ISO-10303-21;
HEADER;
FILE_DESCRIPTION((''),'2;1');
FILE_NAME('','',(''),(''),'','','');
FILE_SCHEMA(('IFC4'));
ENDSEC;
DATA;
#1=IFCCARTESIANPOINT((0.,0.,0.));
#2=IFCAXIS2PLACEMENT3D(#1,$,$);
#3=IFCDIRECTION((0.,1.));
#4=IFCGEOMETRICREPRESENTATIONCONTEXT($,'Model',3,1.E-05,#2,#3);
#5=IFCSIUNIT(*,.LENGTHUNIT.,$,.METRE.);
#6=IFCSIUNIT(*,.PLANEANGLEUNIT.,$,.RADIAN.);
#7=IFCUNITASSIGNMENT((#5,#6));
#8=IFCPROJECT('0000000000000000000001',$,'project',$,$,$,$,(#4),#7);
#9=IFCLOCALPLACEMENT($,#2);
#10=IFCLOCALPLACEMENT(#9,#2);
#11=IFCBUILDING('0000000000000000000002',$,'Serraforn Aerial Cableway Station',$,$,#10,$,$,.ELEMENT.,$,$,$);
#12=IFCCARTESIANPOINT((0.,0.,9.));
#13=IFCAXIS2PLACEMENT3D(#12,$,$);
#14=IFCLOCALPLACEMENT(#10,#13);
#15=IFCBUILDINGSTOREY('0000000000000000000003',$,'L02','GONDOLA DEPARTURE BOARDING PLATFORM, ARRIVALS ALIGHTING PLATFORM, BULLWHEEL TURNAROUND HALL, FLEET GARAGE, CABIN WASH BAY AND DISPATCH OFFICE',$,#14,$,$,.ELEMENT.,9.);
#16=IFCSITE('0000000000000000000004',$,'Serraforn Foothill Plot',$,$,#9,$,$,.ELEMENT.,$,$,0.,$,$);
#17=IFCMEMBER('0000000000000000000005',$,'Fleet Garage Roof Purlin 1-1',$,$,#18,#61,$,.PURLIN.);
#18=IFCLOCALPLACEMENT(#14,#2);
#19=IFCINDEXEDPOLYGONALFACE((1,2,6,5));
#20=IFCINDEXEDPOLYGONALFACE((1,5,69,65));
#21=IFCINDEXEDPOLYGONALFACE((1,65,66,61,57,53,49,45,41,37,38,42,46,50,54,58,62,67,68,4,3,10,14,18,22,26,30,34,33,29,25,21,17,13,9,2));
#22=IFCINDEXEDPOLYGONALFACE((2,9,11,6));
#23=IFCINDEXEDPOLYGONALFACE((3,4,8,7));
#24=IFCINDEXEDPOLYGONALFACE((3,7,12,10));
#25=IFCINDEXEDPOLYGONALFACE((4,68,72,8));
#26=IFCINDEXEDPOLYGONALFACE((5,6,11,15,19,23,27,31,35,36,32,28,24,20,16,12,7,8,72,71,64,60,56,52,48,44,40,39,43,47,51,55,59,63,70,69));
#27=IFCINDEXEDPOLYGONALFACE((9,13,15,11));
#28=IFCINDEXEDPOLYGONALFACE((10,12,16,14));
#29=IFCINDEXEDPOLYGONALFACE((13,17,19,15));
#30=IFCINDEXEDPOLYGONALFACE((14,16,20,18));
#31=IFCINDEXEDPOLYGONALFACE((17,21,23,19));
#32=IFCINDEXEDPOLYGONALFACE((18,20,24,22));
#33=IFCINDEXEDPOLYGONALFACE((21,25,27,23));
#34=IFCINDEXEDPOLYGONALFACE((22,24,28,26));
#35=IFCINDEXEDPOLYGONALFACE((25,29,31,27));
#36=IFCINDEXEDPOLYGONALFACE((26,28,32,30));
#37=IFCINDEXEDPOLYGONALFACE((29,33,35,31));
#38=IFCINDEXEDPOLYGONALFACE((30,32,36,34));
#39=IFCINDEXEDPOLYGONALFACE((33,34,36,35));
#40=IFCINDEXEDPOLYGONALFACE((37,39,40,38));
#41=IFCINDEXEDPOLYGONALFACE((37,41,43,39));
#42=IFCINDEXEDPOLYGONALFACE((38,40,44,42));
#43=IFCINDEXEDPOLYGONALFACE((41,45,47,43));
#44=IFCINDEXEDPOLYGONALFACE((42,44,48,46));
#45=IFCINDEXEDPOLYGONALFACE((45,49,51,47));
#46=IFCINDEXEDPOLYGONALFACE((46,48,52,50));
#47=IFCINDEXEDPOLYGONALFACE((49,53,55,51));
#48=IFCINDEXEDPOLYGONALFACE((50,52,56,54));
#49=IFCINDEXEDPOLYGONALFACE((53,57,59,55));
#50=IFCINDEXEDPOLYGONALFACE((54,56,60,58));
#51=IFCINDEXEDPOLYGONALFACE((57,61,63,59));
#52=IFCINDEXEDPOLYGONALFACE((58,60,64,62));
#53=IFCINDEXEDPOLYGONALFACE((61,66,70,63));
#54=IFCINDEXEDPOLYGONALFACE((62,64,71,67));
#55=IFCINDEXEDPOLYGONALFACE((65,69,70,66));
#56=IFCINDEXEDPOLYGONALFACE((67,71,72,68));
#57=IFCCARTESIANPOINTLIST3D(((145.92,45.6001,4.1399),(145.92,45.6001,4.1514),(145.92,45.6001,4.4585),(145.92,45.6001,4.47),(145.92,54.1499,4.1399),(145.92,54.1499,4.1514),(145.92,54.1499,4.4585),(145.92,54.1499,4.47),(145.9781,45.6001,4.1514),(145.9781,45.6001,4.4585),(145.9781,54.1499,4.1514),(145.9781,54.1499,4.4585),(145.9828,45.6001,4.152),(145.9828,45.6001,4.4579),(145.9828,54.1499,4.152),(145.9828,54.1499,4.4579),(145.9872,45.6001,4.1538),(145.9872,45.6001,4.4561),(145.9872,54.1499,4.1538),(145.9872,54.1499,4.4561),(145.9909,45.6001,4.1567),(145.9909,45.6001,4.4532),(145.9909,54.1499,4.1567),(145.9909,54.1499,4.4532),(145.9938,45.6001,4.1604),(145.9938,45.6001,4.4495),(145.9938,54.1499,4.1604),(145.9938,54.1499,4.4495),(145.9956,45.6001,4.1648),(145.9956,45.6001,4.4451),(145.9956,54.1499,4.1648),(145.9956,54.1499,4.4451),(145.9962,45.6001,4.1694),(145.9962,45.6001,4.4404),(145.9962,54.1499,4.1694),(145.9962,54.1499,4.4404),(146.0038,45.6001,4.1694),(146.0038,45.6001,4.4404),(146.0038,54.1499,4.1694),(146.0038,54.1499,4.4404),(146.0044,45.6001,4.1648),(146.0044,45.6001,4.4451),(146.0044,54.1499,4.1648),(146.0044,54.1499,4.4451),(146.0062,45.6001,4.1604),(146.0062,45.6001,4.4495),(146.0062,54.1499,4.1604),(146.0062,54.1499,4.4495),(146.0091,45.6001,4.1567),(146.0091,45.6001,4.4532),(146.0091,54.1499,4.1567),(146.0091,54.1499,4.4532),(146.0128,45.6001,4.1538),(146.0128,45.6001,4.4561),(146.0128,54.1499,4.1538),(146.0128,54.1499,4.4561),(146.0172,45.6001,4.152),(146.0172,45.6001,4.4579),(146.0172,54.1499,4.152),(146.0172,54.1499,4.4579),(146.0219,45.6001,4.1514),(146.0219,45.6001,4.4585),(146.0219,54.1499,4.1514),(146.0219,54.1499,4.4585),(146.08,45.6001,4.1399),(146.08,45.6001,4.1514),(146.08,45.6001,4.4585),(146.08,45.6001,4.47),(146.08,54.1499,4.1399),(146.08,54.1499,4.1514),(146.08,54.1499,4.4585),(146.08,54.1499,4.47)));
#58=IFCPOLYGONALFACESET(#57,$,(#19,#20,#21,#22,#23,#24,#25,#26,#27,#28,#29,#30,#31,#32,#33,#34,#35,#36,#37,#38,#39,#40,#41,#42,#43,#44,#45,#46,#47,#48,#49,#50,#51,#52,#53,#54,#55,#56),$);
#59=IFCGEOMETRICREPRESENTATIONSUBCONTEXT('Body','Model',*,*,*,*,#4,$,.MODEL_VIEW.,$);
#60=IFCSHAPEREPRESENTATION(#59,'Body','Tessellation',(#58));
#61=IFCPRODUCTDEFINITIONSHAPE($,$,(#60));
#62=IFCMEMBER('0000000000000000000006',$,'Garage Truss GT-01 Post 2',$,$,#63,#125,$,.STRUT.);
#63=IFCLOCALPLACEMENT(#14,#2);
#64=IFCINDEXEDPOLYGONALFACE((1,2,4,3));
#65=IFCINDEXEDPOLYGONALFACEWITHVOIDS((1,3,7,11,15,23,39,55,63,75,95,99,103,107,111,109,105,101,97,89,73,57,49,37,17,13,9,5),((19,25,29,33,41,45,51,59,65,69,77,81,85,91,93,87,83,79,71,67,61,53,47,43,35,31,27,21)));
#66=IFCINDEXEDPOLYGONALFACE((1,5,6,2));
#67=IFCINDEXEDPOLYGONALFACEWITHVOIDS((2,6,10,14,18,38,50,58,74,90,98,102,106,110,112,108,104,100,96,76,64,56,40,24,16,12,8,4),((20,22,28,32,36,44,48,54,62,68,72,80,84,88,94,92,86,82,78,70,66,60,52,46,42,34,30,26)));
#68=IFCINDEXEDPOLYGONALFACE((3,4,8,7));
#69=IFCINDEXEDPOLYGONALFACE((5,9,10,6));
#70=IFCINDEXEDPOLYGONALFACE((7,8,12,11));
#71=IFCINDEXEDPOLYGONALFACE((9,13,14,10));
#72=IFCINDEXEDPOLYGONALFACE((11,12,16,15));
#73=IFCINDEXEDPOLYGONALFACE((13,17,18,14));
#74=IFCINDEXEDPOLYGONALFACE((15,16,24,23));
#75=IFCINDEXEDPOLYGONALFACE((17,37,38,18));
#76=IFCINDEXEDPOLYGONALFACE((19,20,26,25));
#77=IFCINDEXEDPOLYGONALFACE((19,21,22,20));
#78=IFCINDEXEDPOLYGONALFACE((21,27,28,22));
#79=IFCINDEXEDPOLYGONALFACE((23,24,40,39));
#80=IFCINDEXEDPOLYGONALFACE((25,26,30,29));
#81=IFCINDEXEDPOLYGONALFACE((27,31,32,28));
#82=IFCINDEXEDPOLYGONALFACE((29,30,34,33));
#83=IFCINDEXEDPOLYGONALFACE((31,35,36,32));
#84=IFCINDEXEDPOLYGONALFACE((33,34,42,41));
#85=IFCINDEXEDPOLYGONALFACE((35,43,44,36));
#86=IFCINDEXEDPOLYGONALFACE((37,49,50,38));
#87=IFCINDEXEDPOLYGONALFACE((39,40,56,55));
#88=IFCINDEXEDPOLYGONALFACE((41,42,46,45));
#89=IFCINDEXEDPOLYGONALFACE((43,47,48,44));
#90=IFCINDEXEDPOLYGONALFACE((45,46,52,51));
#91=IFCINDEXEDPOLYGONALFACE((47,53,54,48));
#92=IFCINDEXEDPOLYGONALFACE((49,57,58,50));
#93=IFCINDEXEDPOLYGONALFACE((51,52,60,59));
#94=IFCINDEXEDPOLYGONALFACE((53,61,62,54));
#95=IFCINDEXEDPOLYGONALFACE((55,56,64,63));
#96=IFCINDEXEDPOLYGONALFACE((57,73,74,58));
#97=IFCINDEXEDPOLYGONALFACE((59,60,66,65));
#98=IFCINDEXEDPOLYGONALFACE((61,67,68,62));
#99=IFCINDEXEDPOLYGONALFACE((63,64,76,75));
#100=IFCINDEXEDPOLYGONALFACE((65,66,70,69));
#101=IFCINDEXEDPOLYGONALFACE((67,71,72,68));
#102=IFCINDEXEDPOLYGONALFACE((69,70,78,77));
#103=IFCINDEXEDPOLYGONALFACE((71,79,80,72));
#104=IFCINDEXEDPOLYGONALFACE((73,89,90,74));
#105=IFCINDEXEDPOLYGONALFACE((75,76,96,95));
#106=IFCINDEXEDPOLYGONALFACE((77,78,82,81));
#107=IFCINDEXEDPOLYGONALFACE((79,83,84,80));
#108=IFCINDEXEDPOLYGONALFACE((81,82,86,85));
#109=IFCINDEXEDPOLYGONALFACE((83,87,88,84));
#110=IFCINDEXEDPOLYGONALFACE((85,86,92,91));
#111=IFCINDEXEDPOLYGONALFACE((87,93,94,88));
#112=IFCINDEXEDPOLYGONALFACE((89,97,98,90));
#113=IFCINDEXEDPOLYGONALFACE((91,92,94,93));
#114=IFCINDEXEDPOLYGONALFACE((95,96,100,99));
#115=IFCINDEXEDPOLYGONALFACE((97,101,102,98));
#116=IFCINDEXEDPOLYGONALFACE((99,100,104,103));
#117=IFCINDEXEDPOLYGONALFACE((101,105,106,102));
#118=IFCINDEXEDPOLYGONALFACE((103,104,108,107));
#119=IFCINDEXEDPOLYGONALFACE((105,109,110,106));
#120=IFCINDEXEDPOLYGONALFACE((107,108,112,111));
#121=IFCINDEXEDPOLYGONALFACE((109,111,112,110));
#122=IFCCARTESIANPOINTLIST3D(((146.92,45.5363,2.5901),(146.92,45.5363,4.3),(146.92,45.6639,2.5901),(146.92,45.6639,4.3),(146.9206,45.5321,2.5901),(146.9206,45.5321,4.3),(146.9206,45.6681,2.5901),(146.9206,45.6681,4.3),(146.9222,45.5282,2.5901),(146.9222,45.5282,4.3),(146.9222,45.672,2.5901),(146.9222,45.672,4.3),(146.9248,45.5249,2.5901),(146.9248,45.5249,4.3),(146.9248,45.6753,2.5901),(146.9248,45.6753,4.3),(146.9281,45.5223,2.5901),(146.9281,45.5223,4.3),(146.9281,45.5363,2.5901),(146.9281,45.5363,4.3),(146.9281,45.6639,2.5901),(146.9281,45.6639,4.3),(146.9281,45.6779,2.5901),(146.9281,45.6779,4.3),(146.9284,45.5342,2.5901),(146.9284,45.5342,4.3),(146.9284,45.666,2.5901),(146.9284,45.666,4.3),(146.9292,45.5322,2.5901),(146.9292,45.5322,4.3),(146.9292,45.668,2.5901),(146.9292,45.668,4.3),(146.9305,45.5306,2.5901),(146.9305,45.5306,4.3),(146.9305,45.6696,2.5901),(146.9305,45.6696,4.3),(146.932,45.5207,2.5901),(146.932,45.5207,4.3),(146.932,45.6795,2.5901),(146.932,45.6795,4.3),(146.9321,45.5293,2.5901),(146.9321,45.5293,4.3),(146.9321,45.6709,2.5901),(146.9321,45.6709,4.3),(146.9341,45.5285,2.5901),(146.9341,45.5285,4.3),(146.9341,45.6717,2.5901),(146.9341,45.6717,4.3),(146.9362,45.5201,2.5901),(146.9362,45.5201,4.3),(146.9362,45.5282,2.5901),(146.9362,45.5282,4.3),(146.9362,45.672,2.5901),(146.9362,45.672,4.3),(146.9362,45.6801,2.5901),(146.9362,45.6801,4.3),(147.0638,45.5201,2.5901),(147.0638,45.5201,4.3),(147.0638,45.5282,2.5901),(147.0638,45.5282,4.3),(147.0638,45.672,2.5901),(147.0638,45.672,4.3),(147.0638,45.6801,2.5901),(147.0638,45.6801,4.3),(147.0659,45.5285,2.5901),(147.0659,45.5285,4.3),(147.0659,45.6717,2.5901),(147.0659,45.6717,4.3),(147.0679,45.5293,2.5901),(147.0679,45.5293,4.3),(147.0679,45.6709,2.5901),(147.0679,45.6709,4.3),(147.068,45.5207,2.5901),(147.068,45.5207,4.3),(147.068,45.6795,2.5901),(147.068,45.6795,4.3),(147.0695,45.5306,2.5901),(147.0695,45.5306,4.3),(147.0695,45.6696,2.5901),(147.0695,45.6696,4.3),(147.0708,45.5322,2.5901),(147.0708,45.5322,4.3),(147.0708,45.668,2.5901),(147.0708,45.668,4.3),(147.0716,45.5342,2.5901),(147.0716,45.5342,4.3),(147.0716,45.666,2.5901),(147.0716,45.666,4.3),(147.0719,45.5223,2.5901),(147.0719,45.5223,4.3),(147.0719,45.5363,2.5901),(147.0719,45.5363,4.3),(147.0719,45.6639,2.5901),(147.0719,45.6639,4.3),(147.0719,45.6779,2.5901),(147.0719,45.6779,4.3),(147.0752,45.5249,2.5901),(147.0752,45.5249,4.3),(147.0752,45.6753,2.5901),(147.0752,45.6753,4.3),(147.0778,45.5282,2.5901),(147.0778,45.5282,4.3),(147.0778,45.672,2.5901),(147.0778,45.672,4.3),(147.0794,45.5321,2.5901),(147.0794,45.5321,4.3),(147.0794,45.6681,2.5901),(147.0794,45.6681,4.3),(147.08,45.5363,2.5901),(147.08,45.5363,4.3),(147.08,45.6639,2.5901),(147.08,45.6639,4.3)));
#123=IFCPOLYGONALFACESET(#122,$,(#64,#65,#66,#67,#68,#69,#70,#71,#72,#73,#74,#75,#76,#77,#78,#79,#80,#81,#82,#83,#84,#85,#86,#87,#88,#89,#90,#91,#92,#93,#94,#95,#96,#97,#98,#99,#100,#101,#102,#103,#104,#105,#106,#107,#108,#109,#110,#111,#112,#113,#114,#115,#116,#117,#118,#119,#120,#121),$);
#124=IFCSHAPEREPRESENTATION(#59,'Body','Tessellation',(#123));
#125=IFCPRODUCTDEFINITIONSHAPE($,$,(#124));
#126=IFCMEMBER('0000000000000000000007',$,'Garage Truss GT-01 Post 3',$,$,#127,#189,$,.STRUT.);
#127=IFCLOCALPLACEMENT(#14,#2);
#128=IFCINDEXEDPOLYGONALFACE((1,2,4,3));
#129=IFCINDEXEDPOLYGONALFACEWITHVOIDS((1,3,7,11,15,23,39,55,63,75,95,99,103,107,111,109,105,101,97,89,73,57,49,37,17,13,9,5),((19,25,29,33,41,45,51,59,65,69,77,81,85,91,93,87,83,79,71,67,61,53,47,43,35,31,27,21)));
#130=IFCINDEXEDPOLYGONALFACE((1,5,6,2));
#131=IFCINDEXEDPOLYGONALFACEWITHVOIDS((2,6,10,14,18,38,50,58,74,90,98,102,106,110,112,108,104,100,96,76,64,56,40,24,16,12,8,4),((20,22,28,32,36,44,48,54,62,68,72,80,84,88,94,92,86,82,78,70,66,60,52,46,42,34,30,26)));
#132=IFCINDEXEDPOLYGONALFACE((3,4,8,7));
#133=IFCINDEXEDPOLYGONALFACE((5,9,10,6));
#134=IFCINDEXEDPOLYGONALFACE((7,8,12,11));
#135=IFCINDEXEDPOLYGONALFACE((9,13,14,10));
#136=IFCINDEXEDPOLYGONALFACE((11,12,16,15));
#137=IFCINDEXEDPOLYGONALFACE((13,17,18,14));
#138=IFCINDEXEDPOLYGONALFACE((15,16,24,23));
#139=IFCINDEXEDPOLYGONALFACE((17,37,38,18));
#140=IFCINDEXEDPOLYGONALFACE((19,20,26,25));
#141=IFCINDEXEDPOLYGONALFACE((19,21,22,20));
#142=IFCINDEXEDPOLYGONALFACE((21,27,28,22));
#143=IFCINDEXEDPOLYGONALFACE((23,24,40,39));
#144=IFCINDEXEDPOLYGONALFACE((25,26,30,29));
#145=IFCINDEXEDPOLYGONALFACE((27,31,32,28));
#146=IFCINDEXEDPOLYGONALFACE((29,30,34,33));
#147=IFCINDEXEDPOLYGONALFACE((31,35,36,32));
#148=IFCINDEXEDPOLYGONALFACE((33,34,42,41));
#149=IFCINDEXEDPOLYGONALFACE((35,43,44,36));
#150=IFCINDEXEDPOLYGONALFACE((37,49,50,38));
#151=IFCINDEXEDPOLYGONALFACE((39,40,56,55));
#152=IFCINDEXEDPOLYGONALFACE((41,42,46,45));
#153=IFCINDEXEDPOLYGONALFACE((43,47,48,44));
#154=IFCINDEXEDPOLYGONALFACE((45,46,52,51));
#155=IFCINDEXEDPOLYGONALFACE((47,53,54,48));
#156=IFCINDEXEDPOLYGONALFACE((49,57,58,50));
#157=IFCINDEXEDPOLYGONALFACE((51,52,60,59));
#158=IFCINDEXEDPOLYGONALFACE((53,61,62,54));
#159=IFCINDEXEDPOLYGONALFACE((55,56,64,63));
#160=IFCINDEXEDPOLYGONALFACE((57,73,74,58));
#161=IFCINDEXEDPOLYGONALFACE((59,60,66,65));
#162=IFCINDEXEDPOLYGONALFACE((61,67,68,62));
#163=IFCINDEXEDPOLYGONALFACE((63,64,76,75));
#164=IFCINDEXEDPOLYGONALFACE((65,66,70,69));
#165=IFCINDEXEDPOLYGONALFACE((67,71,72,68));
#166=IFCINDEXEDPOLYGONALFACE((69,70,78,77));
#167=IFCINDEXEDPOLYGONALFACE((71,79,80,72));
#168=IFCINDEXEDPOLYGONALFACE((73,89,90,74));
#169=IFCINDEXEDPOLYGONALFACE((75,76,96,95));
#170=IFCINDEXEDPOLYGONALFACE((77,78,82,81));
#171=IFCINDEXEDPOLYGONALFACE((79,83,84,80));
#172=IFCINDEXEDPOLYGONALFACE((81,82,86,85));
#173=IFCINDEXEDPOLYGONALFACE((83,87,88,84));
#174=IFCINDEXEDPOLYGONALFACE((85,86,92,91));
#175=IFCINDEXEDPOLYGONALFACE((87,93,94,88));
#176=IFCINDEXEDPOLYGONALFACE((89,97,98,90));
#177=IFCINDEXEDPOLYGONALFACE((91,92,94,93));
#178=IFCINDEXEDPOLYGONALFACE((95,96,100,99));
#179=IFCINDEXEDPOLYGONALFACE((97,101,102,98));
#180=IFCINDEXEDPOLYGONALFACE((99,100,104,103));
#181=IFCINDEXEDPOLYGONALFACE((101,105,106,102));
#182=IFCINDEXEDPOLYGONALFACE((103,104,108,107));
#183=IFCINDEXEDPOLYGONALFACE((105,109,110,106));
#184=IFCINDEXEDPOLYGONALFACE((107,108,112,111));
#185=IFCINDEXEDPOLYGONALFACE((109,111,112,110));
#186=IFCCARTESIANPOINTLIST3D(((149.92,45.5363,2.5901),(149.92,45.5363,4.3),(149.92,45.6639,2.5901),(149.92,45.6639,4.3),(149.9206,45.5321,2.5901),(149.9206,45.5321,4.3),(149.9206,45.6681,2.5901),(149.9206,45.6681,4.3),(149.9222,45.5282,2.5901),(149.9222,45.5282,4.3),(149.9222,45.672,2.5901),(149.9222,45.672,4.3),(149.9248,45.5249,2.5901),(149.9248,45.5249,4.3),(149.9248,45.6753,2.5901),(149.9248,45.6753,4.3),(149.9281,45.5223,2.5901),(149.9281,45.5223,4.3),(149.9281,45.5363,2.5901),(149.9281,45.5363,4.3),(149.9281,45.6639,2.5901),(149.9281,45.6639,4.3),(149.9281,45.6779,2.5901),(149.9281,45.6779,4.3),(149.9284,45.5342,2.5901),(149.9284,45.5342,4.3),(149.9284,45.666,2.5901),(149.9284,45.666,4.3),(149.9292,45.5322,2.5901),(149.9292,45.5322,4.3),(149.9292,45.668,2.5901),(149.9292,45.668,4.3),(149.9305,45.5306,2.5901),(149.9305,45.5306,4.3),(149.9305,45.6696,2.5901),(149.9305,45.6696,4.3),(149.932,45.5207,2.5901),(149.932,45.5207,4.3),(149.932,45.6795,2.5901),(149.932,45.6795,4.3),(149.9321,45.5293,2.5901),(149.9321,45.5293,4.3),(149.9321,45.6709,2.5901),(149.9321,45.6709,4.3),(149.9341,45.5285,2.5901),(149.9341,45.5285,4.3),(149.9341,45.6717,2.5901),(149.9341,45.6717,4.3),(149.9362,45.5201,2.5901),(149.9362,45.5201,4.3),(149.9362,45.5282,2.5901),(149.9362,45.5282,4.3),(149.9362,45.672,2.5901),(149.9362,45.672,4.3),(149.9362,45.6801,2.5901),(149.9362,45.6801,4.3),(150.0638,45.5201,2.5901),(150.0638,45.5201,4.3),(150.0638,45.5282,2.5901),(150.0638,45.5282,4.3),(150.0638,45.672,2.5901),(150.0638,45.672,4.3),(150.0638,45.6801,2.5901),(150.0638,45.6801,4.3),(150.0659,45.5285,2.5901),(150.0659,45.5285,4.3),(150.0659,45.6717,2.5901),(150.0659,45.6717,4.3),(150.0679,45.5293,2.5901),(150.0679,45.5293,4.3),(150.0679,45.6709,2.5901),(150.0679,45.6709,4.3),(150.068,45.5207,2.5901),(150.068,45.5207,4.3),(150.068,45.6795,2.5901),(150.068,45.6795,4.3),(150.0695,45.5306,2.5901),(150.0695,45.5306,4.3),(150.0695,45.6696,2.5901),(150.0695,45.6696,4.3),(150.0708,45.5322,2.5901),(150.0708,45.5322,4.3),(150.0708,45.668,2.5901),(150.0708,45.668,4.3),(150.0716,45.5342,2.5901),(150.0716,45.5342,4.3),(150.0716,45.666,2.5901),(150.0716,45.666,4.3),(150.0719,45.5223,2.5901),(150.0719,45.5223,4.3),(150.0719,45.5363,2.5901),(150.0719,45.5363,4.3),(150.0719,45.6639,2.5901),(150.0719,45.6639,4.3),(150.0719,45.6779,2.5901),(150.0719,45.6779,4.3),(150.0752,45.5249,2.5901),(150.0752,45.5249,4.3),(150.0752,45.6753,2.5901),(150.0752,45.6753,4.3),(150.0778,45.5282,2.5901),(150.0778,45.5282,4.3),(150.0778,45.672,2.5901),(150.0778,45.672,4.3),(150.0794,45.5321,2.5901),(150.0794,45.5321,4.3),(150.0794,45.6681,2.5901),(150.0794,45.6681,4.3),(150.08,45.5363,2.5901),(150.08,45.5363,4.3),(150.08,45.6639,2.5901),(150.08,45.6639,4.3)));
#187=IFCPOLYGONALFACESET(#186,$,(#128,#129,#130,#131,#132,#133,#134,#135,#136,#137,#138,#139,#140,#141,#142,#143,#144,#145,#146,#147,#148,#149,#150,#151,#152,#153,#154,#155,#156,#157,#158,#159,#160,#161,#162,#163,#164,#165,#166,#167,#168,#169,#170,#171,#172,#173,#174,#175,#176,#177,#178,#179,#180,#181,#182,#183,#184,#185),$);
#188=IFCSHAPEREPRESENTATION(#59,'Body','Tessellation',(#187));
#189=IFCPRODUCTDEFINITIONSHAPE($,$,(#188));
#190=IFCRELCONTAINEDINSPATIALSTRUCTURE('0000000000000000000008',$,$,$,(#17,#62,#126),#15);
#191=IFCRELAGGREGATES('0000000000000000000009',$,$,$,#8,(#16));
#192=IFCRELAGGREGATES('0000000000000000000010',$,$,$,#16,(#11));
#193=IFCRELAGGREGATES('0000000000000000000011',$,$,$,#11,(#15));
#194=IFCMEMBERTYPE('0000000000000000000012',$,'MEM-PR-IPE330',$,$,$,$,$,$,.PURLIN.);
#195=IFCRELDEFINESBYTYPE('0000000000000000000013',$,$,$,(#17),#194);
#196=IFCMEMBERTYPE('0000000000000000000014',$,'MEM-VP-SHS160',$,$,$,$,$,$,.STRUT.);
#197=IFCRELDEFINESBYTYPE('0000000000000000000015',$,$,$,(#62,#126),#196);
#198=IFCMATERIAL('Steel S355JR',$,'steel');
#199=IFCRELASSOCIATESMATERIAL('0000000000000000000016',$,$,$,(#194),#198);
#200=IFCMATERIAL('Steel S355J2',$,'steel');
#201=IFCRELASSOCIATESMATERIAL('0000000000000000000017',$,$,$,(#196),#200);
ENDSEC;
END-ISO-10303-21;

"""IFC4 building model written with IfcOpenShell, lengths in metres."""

from ifc_helpers import new_model, si_unit, direction, frame, origin, origin_2d, place, context, subcontext, project, spatial, hollow_rectangle, i_section, extrude, material, material_profile, profile_set, type_object, element, save


model = new_model("IFC4")

# Units and contexts
model_context = context("Model", 3, precision=1e-05, world=origin(), true_north=direction((0.0, 1.0)))
body_context = subcontext(model_context, "Body", "Model", "MODEL_VIEW")
ifc_project = project(units=[si_unit("LENGTHUNIT", "METRE"), si_unit("PLANEANGLEUNIT", "RADIAN")], contexts=[model_context])

# Site, building, storey
site_placement = place(None, origin())
site = spatial("IfcSite", under=ifc_project, at=site_placement, Name="Serraforn Foothill Plot", CompositionType="ELEMENT", RefElevation=0.0)
building_placement = place(site_placement, origin())
building = spatial("IfcBuilding", under=site, at=building_placement, Name="Serraforn Aerial Cableway Station", CompositionType="ELEMENT")
storey_placement = place(building_placement, frame((0.0, 0.0, 9.0)))
storey = spatial("IfcBuildingStorey", under=building, at=storey_placement, Name="L02", Description="GONDOLA DEPARTURE BOARDING PLATFORM, ARRIVALS ALIGHTING PLATFORM, BULLWHEEL TURNAROUND HALL, FLEET GARAGE, CABIN WASH BAY AND DISPATCH OFFICE", CompositionType="ELEMENT", Elevation=9.0)

# Shared definitions
ifc_material_1 = material(Name="Steel S355J2", Category="steel")
ifc_material_2 = material(Name="Steel S355JR", Category="steel")

# Members
ifc_material_profile_1 = material_profile(ifc_material_2, i_section(OverallWidth=0.1599, OverallDepth=0.3301, WebThickness=0.0076, FlangeThickness=0.0115, FilletRadius=0.0181, at=origin_2d()), Name="IPE 330")
ifc_profile_set_1 = profile_set([ifc_material_profile_1], Name="Steel S355JR")
member_type_1 = type_object("IfcMemberType", Name="MEM-PR-IPE330", PredefinedType="PURLIN", material=ifc_profile_set_1)
member_1_placement = place(storey_placement, frame((146.0, 45.6001, 4.3049), z_axis=(0.0, 1.0, 0.0), x_axis=(-1.0, 0.0, 0.0)))
element("IfcMember", 1, at=member_1_placement, inside=storey, type_object=member_type_1, Name="Fleet Garage Roof Purlin 1-1", PredefinedType="PURLIN", context=body_context, shape_type="SweptSolid", body=[
    extrude(i_section(OverallWidth=0.1599, OverallDepth=0.3301, WebThickness=0.0076, FlangeThickness=0.0115, FilletRadius=0.0181, at=origin_2d()), origin(), (0.0, 0.0, 1.0), 8.5498),
])
ifc_material_profile_2 = material_profile(ifc_material_1, hollow_rectangle(XDim=0.1599, YDim=0.1599, WallThickness=0.0081, InnerFilletRadius=0.0081, OuterFilletRadius=0.0161, at=origin_2d()), Name="SHS 160x160x8.0")
ifc_profile_set_2 = profile_set([ifc_material_profile_2], Name="Steel S355J2")
member_type_2 = type_object("IfcMemberType", Name="MEM-VP-SHS160", PredefinedType="STRUT", material=ifc_profile_set_2)
for number, where, z_axis, x_axis, name in (
    (2, (147.0, 45.6001, 2.5901), (0.0, 0.0, 1.0), (1.0, 0.0, 0.0), "Garage Truss GT-01 Post 2"),
    (3, (150.0, 45.6001, 2.5901), (0.0, 0.0, 1.0), (1.0, 0.0, 0.0), "Garage Truss GT-01 Post 3"),
):
    element("IfcMember", number, at=place(storey_placement, frame(where, z_axis=z_axis, x_axis=x_axis)), inside=storey, type_object=member_type_2, Name=name, PredefinedType="STRUT", context=body_context, shape_type="SweptSolid", body=[
        extrude(hollow_rectangle(XDim=0.1599, YDim=0.1599, WallThickness=0.0081, InnerFilletRadius=0.0081, OuterFilletRadius=0.0161, at=origin_2d()), origin(), (0.0, 0.0, 1.0), 1.71),
    ])

save(model, "model.ifc")
